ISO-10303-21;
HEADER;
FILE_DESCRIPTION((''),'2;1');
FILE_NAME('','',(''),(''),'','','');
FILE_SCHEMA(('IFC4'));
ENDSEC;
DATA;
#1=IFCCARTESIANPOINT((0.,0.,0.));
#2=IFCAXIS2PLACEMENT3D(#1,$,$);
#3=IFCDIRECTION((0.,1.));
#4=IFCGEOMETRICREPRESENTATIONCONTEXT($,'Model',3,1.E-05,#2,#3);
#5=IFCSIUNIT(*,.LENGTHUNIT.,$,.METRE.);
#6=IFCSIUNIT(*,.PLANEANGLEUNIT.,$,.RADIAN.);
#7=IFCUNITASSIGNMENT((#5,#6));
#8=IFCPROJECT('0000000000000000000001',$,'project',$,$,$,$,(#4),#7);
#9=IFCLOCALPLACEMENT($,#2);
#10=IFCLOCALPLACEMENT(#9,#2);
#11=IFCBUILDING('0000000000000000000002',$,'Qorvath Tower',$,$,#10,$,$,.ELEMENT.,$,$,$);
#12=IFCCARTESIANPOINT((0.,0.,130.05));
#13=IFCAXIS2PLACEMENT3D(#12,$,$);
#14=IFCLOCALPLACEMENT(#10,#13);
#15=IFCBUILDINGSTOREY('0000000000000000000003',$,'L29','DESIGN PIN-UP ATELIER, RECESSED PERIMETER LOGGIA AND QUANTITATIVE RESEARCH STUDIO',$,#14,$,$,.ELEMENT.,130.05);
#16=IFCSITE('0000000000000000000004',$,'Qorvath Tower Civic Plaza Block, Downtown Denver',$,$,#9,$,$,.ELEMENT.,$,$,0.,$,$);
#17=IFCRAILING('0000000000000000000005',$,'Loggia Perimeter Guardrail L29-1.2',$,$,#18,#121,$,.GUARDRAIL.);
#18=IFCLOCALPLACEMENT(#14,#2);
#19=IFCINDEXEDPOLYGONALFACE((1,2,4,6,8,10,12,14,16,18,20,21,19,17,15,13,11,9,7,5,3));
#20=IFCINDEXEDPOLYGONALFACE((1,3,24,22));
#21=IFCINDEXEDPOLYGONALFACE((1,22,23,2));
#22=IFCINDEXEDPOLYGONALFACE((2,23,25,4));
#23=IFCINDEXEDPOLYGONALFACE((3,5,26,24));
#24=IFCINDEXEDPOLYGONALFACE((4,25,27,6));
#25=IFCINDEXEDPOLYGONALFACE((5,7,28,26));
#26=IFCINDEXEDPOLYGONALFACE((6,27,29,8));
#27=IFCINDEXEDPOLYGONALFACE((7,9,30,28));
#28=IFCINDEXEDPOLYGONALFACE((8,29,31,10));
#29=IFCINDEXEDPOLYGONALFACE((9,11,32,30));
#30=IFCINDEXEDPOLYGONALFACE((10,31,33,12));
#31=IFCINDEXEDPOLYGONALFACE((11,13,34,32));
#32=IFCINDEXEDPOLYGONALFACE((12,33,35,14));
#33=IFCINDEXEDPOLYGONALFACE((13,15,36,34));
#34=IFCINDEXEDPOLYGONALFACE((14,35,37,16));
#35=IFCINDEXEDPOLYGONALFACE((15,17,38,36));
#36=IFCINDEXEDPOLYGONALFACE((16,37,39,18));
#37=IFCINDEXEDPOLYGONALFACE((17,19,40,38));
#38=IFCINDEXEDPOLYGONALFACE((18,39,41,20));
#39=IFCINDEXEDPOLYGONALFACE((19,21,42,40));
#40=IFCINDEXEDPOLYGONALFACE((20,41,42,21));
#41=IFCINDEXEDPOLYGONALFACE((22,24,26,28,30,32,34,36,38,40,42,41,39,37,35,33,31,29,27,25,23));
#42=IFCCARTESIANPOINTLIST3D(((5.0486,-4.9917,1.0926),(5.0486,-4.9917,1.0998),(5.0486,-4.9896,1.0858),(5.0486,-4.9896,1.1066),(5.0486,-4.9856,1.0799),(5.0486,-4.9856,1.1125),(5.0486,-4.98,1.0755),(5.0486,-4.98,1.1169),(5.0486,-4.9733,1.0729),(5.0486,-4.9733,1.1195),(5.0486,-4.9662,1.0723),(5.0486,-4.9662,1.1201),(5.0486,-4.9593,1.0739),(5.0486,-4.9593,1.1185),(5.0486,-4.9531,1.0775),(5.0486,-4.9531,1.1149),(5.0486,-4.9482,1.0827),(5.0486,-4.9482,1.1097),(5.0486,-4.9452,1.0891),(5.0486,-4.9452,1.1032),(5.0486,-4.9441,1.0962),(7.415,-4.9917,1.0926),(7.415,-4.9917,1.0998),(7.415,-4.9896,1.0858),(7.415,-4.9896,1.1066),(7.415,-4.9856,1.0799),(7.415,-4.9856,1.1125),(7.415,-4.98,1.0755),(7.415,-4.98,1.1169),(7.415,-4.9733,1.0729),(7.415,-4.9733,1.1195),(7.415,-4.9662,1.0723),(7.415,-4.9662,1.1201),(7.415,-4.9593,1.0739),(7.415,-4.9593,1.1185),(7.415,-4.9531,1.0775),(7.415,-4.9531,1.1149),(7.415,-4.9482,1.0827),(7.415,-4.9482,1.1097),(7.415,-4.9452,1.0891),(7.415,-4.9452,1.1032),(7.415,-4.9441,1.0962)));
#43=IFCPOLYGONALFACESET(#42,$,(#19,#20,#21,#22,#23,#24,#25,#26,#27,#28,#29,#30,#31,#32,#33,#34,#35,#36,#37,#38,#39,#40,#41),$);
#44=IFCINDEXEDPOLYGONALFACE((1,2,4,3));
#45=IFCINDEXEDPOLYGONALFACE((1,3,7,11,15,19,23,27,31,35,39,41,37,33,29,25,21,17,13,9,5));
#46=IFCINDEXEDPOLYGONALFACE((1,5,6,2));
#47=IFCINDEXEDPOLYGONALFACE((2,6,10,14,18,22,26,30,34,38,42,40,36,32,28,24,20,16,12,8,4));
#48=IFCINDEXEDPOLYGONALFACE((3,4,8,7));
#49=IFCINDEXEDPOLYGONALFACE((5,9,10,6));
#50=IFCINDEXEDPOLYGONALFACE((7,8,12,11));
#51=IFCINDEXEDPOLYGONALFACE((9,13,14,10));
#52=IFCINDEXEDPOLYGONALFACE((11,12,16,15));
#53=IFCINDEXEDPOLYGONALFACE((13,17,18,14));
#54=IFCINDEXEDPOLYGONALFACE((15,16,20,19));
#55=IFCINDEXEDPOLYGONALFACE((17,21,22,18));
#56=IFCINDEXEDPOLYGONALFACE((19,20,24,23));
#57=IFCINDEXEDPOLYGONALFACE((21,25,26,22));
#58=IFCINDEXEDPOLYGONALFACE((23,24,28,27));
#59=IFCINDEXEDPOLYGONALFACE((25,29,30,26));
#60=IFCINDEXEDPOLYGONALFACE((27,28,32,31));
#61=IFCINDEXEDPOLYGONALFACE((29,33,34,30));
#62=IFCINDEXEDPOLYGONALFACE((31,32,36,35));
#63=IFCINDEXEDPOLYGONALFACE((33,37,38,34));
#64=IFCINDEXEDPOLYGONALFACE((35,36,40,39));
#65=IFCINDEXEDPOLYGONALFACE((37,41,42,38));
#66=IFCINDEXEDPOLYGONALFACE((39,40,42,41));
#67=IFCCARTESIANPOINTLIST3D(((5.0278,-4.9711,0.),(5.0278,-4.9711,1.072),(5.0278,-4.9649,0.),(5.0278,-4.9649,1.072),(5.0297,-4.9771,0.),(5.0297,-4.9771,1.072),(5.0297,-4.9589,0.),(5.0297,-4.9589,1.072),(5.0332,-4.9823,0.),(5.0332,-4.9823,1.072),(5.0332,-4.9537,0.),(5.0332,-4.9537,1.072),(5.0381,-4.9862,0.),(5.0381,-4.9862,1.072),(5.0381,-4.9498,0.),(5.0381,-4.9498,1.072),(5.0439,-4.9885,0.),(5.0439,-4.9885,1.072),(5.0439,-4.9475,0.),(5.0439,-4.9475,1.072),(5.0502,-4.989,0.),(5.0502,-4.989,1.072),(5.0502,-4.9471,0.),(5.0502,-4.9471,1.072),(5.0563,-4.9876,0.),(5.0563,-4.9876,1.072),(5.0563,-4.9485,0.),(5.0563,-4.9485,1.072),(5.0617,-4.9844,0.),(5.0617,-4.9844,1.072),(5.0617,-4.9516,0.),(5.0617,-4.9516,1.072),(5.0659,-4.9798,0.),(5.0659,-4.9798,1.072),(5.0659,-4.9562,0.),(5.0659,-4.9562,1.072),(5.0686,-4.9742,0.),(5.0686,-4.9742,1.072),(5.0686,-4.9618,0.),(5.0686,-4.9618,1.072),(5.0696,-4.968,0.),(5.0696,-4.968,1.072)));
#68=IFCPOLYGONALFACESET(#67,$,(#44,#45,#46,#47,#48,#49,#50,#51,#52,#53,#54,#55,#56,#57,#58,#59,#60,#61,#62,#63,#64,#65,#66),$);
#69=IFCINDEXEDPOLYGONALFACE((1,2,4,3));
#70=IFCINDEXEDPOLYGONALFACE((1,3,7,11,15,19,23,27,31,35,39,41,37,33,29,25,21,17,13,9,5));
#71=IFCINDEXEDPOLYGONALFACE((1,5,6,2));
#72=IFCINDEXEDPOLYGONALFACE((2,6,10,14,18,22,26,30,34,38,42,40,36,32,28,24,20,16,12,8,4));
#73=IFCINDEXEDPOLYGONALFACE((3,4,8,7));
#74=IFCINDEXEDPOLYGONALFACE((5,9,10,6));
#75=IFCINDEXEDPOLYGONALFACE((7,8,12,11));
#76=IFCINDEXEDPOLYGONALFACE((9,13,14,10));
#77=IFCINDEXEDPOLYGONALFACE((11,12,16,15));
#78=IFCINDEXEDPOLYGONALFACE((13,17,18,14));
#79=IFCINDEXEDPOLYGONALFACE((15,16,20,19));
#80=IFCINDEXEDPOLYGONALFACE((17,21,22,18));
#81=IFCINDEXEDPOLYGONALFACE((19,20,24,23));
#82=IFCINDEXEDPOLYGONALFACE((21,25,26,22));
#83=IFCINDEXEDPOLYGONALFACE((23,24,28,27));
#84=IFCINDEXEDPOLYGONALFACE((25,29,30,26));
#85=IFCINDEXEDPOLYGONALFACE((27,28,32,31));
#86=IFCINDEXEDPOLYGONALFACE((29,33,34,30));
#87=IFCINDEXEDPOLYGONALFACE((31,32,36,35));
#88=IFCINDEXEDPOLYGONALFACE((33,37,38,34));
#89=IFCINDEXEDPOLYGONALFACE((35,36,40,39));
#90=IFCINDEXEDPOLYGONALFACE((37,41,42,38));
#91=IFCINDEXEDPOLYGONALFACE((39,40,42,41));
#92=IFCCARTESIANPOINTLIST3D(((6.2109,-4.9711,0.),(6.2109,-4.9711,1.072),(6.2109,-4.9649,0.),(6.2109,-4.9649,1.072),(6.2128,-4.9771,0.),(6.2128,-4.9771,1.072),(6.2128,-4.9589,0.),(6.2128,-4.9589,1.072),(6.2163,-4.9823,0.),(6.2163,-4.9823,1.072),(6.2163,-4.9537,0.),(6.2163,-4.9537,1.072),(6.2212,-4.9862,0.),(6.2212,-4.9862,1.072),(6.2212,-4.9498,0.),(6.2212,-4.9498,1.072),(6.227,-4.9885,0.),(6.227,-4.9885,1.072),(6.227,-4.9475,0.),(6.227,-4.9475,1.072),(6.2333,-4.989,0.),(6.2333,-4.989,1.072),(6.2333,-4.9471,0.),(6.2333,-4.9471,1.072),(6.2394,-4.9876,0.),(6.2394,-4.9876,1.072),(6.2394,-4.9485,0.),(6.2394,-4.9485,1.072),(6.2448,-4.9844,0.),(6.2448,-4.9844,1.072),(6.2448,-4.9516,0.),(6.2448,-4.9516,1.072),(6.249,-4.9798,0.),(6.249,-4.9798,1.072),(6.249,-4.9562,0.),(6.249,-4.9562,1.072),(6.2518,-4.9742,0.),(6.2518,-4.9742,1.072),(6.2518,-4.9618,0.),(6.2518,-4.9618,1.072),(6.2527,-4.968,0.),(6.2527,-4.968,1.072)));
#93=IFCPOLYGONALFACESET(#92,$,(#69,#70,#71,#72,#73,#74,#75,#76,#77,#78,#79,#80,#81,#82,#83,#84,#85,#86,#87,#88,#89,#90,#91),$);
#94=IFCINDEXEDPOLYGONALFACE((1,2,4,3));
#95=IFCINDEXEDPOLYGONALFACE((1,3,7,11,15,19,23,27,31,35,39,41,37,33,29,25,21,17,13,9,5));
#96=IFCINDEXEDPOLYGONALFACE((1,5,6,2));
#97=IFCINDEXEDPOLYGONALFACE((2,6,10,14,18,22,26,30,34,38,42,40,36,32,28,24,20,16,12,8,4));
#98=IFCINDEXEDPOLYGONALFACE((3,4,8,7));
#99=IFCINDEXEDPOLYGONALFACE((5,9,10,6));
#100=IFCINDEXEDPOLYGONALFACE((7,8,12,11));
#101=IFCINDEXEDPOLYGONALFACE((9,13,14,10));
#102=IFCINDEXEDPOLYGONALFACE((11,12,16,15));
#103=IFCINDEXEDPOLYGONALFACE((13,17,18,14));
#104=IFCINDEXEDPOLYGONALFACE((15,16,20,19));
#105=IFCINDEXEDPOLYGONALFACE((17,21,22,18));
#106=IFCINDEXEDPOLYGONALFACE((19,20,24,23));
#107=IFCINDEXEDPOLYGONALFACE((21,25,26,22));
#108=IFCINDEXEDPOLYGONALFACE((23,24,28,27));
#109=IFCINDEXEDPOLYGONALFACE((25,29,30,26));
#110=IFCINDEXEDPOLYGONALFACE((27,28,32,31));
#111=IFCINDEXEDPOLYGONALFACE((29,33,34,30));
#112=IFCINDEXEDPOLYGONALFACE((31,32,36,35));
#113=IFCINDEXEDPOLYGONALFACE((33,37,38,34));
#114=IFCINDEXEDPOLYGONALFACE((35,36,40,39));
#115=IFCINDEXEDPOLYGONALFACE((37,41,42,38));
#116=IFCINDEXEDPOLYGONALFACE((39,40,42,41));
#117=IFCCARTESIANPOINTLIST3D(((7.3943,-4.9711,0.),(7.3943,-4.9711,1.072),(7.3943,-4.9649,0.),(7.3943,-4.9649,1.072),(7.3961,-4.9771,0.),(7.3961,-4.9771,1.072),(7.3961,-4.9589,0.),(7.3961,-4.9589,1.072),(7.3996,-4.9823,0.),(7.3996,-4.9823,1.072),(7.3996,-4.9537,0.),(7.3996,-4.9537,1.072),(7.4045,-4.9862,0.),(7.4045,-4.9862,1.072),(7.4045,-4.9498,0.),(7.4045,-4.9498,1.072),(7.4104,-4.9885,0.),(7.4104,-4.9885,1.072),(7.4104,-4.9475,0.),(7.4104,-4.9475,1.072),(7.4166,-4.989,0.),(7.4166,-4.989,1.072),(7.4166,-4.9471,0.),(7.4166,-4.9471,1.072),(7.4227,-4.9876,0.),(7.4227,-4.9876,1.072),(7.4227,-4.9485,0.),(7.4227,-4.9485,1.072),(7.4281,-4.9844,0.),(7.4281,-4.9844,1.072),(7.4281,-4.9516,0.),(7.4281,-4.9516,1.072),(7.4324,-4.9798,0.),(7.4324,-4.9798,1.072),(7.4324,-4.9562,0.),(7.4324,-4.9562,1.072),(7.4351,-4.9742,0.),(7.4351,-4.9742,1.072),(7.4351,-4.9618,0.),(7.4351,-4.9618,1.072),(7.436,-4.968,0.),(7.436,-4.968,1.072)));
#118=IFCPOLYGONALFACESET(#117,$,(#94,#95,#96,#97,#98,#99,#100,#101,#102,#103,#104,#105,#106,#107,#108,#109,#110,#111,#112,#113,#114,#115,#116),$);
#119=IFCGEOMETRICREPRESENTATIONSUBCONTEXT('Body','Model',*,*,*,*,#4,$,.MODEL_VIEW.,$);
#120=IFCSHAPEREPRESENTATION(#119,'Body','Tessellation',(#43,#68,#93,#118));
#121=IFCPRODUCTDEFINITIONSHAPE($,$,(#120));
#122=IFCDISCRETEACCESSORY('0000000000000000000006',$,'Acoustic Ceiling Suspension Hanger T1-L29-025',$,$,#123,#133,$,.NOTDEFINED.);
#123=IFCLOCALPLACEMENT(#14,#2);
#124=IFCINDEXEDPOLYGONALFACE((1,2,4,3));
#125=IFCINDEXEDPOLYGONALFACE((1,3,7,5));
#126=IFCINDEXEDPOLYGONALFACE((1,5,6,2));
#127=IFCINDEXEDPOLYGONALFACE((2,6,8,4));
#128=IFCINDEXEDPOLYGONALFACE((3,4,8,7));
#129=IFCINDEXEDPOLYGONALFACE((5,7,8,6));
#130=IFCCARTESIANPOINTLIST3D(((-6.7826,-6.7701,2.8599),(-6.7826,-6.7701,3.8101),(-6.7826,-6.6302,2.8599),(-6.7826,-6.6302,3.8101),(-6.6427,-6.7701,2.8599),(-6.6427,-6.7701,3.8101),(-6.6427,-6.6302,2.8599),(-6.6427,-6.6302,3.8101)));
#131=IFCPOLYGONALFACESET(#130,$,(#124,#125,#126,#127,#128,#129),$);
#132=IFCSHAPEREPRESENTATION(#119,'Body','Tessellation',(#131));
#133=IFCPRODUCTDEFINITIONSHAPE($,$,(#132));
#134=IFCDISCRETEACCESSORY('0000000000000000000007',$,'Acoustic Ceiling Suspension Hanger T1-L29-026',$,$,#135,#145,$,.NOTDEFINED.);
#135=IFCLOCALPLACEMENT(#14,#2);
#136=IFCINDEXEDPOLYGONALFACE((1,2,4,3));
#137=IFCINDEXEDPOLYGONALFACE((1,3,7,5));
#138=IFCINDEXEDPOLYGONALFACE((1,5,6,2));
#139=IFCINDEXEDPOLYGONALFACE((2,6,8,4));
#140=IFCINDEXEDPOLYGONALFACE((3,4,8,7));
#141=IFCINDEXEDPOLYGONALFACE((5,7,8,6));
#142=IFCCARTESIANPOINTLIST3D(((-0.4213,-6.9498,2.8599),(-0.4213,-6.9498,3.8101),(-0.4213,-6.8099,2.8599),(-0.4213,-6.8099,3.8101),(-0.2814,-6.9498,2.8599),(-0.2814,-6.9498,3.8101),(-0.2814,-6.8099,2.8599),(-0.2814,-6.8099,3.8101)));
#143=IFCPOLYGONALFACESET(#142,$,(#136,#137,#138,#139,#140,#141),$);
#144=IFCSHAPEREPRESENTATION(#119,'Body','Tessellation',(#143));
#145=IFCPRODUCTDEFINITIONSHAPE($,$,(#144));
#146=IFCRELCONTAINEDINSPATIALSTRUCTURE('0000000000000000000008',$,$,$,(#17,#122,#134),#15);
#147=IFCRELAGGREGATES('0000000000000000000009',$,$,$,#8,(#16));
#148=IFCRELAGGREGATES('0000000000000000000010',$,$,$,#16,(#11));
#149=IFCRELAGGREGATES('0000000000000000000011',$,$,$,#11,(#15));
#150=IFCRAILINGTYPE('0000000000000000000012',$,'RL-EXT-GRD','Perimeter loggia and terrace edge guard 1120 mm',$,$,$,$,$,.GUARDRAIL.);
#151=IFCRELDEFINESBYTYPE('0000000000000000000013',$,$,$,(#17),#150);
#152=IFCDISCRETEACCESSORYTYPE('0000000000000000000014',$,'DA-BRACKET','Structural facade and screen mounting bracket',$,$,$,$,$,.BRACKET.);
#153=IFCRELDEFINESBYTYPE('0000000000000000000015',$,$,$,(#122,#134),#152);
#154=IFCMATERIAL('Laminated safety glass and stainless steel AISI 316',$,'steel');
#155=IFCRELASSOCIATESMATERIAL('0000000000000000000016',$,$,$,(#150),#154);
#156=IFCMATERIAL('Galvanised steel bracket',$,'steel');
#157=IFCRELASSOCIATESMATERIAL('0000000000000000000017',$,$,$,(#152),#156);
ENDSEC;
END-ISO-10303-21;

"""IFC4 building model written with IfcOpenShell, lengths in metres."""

from ifc_helpers import new_model, si_unit, direction, frame, origin, origin_2d, place, context, subcontext, project, spatial, rectangle, circle, extrude, material, type_object, element, save


model = new_model("IFC4")

# Units and contexts
model_context = context("Model", 3, precision=1e-05, world=origin(), true_north=direction((0.0, 1.0)))
body_context = subcontext(model_context, "Body", "Model", "MODEL_VIEW")
ifc_project = project(units=[si_unit("LENGTHUNIT", "METRE"), si_unit("PLANEANGLEUNIT", "RADIAN")], contexts=[model_context])

# Site, building, storey
site_placement = place(None, origin())
site = spatial("IfcSite", under=ifc_project, at=site_placement, Name="Qorvath Tower Civic Plaza Block, Downtown Denver", CompositionType="ELEMENT", RefElevation=0.0)
building_placement = place(site_placement, origin())
building = spatial("IfcBuilding", under=site, at=building_placement, Name="Qorvath Tower", CompositionType="ELEMENT")
storey_placement = place(building_placement, frame((0.0, 0.0, 130.05)))
storey = spatial("IfcBuildingStorey", under=building, at=storey_placement, Name="L29", Description="DESIGN PIN-UP ATELIER, RECESSED PERIMETER LOGGIA AND QUANTITATIVE RESEARCH STUDIO", CompositionType="ELEMENT", Elevation=130.05)

# Railing
ifc_material_1 = material(Name="Laminated safety glass and stainless steel AISI 316", Category="steel")
railing_type = type_object("IfcRailingType", Name="RL-EXT-GRD", Description="Perimeter loggia and terrace edge guard 1120 mm", PredefinedType="GUARDRAIL", material=ifc_material_1)
railing_1_placement = place(storey_placement, frame((5.0486, -4.968, 0.0)))
element("IfcRailing", 1, at=railing_1_placement, inside=storey, type_object=railing_type, Name="Loggia Perimeter Guardrail L29-1.2", PredefinedType="GUARDRAIL", context=body_context, shape_type="SweptSolid", body=[
    extrude(circle(Radius=0.0239, at=origin_2d()), frame((0.0, 0.0, 1.0962), z_axis=(1.0, 0.0, 0.0), x_axis=(0.0, 1.0, 0.0)), (0.0, 0.0, 1.0), 2.3665),
    extrude(circle(Radius=0.021, at=origin_2d()), origin(), (0.0, 0.0, 1.0), 1.072),
    extrude(circle(Radius=0.021, at=origin_2d()), frame((1.1831, 0.0, 0.0)), (0.0, 0.0, 1.0), 1.072),
    extrude(circle(Radius=0.021, at=origin_2d()), frame((2.3665, 0.0, 0.0)), (0.0, 0.0, 1.0), 1.072),
])

# Discrete accessories
ifc_material_2 = material(Name="Galvanised steel bracket", Category="steel")
discrete_accessory_type = type_object("IfcDiscreteAccessoryType", Name="DA-BRACKET", Description="Structural facade and screen mounting bracket", PredefinedType="BRACKET", material=ifc_material_2)
for number, where, z_axis, x_axis, name in (
    (2, (-6.7126, -6.7002, 2.8599), (0.0, 0.0, 1.0), (1.0, 0.0, 0.0), "Acoustic Ceiling Suspension Hanger T1-L29-025"),
    (3, (-0.3513, -6.8799, 2.8599), (0.0, 0.0, 1.0), (1.0, 0.0, 0.0), "Acoustic Ceiling Suspension Hanger T1-L29-026"),
):
    element("IfcDiscreteAccessory", number, at=place(storey_placement, frame(where, z_axis=z_axis, x_axis=x_axis)), inside=storey, type_object=discrete_accessory_type, Name=name, PredefinedType="NOTDEFINED", context=body_context, shape_type="SweptSolid", body=[
        extrude(rectangle(XDim=0.1399, YDim=0.1399, at=origin_2d()), origin(), (0.0, 0.0, 1.0), 0.9502),
    ])

save(model, "model.ifc")
